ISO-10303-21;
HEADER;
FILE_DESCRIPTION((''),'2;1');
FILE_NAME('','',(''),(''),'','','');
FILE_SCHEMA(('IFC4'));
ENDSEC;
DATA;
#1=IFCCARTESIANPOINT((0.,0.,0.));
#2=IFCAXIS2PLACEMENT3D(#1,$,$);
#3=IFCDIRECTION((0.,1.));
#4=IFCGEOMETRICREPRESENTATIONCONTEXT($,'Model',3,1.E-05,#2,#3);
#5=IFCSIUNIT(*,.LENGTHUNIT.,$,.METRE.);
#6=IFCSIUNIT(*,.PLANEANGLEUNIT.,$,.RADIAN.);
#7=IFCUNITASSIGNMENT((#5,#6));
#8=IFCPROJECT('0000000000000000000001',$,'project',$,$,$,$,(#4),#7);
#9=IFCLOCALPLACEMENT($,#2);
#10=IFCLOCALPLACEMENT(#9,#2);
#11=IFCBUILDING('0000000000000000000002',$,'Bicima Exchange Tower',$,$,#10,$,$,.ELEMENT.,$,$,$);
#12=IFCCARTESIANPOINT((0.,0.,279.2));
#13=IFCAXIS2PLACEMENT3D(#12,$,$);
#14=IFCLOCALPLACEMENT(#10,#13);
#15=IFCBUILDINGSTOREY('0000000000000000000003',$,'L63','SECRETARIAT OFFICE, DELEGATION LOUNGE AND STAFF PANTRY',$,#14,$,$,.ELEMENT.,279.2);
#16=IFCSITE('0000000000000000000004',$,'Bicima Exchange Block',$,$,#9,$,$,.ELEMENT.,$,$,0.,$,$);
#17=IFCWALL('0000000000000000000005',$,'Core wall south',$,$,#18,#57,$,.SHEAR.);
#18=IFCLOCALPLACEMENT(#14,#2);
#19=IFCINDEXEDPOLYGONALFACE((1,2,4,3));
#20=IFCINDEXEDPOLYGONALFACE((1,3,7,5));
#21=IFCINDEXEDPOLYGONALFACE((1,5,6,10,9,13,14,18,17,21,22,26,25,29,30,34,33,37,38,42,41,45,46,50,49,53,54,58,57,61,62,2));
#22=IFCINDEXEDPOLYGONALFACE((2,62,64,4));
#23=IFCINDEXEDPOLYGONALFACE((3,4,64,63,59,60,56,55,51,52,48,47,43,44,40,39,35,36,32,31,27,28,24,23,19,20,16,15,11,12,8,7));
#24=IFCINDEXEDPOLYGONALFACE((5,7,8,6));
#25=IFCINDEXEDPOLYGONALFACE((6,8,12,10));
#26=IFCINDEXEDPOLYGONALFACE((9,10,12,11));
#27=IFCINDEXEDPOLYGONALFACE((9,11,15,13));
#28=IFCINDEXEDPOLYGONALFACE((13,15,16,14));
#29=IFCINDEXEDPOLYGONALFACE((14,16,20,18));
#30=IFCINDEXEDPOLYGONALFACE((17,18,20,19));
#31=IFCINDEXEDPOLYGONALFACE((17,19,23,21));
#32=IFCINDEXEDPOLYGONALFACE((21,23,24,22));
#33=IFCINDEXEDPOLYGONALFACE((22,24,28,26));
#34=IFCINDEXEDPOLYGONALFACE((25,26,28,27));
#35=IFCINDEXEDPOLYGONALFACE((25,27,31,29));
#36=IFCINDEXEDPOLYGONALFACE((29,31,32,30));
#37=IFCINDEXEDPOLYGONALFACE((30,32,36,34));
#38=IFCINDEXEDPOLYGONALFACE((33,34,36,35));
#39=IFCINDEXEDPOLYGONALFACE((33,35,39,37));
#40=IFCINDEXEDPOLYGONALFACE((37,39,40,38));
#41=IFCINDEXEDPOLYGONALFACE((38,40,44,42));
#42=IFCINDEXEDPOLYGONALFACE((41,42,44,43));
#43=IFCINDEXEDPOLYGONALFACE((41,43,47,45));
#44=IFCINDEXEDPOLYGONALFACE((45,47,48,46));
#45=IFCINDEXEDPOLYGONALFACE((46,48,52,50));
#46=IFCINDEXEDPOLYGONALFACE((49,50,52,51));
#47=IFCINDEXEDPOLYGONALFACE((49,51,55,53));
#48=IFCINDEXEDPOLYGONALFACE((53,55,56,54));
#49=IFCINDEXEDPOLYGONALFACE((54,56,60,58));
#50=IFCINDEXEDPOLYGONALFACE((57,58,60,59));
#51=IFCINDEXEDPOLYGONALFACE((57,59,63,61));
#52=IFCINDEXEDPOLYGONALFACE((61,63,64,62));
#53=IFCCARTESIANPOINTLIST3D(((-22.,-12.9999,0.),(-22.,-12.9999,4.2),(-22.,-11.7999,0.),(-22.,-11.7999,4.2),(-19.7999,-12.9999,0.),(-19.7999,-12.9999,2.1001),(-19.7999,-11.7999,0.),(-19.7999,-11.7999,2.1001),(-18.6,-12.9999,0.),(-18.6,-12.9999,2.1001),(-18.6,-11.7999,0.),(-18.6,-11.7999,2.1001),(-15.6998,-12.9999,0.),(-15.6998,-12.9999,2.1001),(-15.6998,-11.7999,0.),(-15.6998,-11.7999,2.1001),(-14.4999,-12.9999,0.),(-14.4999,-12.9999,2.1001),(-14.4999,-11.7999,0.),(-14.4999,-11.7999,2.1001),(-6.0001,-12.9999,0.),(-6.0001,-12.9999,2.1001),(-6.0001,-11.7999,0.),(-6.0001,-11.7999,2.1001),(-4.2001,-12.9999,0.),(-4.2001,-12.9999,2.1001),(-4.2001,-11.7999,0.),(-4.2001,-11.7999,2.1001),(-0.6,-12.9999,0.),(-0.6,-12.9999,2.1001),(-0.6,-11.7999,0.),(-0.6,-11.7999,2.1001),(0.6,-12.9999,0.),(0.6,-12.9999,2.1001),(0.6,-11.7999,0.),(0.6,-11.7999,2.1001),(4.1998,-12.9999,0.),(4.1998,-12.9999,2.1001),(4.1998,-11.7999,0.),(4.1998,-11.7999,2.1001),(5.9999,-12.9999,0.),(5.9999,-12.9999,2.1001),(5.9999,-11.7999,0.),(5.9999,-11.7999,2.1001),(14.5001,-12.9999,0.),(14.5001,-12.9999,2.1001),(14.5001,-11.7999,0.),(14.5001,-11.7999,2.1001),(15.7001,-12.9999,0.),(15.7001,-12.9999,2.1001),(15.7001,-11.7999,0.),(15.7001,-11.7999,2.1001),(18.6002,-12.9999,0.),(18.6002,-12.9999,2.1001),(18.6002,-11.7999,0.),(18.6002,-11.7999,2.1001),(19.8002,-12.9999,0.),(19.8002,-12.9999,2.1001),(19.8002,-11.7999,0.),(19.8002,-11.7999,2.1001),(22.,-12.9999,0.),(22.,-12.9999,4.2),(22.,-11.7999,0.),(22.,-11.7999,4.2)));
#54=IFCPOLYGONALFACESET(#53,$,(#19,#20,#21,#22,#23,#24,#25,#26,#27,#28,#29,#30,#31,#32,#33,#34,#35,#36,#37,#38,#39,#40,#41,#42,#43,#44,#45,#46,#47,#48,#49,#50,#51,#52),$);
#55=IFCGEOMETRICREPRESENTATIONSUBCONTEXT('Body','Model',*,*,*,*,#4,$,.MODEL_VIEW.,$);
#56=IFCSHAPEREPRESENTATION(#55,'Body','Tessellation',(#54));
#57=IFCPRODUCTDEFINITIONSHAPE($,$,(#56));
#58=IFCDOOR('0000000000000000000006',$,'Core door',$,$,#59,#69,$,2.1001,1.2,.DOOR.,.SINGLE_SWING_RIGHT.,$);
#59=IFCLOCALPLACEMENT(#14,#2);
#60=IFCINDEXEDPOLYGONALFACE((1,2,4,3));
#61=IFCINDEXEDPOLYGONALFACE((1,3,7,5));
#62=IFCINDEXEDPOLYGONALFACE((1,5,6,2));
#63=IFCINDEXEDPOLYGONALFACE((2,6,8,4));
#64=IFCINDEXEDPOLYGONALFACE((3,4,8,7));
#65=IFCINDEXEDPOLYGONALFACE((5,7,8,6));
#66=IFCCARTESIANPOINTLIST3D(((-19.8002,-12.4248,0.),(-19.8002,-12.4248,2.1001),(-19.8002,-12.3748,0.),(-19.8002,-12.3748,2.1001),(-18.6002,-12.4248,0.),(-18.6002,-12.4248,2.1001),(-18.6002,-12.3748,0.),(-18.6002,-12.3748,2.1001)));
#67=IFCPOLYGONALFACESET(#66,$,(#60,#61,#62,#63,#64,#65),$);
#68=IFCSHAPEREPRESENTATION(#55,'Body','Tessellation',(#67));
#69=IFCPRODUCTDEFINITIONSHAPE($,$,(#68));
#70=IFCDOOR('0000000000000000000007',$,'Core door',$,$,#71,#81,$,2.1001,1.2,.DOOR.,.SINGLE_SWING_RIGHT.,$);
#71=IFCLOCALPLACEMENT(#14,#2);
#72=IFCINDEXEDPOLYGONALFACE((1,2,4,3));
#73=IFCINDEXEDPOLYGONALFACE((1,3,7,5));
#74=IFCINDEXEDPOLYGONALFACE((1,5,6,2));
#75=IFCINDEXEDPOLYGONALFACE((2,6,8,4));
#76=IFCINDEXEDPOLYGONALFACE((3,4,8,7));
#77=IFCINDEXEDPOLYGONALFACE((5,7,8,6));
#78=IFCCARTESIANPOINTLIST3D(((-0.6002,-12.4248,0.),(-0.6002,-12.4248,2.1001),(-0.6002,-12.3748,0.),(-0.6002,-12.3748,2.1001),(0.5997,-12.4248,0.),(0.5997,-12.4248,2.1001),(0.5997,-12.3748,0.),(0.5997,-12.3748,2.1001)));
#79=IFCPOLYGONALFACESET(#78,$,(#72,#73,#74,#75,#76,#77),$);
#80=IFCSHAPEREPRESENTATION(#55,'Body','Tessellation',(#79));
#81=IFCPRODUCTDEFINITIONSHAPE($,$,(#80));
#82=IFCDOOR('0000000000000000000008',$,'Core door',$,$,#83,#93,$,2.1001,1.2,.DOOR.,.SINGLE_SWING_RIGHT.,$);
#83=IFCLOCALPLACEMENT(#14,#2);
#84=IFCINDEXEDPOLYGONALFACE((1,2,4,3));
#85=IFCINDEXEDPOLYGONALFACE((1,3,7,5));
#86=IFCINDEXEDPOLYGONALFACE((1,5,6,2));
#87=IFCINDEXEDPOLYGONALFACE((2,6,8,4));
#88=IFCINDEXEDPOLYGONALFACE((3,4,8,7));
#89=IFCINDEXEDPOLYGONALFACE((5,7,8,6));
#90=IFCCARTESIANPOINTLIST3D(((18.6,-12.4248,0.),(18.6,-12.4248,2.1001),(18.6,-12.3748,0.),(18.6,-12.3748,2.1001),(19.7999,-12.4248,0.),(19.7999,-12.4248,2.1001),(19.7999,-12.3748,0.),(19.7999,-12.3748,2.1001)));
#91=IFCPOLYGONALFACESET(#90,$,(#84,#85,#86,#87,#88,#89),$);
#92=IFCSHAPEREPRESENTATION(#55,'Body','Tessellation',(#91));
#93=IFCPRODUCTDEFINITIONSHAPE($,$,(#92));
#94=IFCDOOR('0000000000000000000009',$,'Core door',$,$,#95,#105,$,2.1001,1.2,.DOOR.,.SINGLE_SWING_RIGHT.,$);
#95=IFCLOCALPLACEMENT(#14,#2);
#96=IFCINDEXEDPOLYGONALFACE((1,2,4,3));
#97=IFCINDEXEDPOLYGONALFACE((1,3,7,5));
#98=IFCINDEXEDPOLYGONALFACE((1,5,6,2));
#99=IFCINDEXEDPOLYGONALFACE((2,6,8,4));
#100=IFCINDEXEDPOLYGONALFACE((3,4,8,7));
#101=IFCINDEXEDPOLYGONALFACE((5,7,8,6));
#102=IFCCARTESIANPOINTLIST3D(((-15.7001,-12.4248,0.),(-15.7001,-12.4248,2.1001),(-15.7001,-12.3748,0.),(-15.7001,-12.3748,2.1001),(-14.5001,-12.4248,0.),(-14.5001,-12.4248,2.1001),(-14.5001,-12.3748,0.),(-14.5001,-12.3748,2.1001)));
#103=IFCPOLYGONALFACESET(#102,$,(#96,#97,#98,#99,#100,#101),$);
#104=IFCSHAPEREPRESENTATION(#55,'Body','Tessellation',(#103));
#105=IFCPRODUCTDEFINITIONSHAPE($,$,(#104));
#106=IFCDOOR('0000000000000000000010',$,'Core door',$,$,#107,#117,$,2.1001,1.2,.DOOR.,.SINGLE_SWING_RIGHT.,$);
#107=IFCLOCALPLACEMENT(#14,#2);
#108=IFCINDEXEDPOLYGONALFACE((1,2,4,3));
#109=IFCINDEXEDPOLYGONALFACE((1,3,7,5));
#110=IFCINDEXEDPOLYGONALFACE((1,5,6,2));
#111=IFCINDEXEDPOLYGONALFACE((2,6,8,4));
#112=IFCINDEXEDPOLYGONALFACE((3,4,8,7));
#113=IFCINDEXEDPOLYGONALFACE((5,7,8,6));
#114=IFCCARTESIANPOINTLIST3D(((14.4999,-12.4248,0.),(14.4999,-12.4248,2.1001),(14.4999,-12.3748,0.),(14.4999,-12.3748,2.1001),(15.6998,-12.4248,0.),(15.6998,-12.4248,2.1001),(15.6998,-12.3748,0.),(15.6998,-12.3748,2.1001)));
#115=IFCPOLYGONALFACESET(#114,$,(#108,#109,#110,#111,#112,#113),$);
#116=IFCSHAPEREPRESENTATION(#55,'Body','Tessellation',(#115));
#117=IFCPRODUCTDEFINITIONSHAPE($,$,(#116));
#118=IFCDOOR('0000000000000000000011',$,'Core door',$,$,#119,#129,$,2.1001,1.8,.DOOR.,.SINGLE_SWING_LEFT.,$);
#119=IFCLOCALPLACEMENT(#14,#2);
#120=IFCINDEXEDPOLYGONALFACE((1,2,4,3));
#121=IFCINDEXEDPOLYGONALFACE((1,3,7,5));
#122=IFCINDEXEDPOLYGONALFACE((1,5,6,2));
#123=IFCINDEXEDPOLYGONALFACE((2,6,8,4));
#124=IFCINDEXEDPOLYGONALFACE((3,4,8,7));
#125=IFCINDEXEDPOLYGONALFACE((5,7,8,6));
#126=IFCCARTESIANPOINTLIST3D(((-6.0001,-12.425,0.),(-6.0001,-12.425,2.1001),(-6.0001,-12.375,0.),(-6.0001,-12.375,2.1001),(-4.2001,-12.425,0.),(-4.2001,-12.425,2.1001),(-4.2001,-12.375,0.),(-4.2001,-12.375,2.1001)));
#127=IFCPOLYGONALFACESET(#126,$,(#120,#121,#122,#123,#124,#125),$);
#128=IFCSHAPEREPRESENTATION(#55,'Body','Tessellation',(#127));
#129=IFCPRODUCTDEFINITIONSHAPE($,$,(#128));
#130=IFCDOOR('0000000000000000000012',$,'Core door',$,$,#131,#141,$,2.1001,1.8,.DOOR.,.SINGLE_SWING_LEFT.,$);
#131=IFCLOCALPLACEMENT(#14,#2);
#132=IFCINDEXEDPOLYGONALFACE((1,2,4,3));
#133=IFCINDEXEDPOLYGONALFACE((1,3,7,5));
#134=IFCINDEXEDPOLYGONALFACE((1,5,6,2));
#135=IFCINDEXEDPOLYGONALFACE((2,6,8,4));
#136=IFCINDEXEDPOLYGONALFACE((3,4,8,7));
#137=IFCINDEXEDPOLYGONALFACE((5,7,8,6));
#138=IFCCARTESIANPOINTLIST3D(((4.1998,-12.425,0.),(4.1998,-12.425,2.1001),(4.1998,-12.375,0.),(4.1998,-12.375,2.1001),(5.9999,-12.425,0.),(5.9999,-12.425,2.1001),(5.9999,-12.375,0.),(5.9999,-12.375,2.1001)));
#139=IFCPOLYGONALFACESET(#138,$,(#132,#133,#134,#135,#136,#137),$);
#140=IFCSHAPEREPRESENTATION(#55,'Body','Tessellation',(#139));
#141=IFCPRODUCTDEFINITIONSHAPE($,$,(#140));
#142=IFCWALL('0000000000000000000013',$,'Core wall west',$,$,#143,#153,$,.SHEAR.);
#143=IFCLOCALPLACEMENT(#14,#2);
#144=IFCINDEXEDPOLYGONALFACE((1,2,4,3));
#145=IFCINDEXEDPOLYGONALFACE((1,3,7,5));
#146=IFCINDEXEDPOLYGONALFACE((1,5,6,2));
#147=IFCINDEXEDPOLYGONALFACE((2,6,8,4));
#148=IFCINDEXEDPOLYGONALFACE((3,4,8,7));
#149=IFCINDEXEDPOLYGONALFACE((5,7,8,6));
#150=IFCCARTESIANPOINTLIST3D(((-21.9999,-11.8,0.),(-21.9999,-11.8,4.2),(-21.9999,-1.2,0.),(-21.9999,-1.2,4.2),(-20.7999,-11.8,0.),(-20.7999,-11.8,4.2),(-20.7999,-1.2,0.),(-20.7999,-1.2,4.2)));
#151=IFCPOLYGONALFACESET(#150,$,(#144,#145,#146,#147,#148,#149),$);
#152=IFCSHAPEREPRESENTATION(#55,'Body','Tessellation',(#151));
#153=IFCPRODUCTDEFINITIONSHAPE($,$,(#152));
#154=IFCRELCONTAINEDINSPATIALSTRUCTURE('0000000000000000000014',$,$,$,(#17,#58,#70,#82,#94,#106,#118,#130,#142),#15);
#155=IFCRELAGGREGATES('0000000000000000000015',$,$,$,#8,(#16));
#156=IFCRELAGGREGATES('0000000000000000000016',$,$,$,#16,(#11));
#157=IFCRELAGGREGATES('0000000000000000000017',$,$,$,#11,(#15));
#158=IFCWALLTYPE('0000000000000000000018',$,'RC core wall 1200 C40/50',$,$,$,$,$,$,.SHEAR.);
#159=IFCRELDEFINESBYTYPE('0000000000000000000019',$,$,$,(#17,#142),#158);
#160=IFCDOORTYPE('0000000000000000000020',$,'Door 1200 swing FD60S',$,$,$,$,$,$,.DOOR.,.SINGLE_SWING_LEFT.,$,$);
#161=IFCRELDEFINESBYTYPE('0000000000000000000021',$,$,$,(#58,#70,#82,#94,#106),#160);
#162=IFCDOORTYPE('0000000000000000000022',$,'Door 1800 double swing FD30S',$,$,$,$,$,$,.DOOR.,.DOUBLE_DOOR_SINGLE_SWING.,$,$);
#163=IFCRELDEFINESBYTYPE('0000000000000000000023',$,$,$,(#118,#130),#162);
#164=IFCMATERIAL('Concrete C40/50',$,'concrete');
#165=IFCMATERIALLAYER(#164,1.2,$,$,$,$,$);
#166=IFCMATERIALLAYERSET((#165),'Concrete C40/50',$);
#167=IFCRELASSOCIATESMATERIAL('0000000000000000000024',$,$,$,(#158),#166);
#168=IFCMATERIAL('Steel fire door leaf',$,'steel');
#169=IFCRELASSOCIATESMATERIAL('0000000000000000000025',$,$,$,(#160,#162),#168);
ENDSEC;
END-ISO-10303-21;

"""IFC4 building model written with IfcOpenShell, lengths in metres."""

from ifc_helpers import new_model, si_unit, direction, frame, frame_2d, origin, place, context, subcontext, project, spatial, rectangle, extrude, material, layer, layer_set, type_object, element, fill, save


model = new_model("IFC4")

# Units and contexts
model_context = context("Model", 3, precision=1e-05, world=origin(), true_north=direction((0.0, 1.0)))
body_context = subcontext(model_context, "Body", "Model", "MODEL_VIEW")
ifc_project = project(units=[si_unit("LENGTHUNIT", "METRE"), si_unit("PLANEANGLEUNIT", "RADIAN")], contexts=[model_context])

# Site, building, storey
site_placement = place(None, origin())
site = spatial("IfcSite", under=ifc_project, at=site_placement, Name="Bicima Exchange Block", CompositionType="ELEMENT", RefElevation=0.0)
building_placement = place(site_placement, origin())
building = spatial("IfcBuilding", under=site, at=building_placement, Name="Bicima Exchange Tower", CompositionType="ELEMENT")
storey_placement = place(building_placement, frame((0.0, 0.0, 279.2)))
storey = spatial("IfcBuildingStorey", under=building, at=storey_placement, Name="L63", Description="SECRETARIAT OFFICE, DELEGATION LOUNGE AND STAFF PANTRY", CompositionType="ELEMENT", Elevation=279.2)

# Wall, openings, doors
ifc_material_1 = material(Name="Concrete C40/50", Category="concrete")
ifc_layer_1 = layer(ifc_material_1, 1.2)
ifc_layer_set_1 = layer_set([ifc_layer_1], Name="Concrete C40/50")
wall_type_1 = type_object("IfcWallType", Name="RC core wall 1200 C40/50", PredefinedType="SHEAR", material=ifc_layer_set_1)
wall_1_placement = place(storey_placement, frame((-22.0, -12.3999, 0.0), z_axis=(0.0, 0.0, 1.0), x_axis=(1.0, 0.0, 0.0)))
wall_1 = element("IfcWall", 1, at=wall_1_placement, inside=storey, type_object=wall_type_1, Name="Core wall south", PredefinedType="SHEAR", context=body_context, shape_type="SweptSolid", body=[
    extrude(rectangle(XDim=44.0, YDim=1.2, at=frame_2d((22.0, 0.0))), origin(), (0.0, 0.0, 1.0), 4.2),
])
opening_1_placement = place(wall_1_placement, frame((2.2, 0.0, 0.0)))
opening_1 = element("IfcOpeningElement", 2, at=opening_1_placement, cuts=wall_1, PredefinedType="OPENING", context=body_context, shape_type="SweptSolid", body=[
    extrude(rectangle(XDim=1.2, YDim=2.1001, at=frame_2d((0.6001, 1.05))), frame((0.0, 0.6118, 0.0), z_axis=(0.0, -1.0, 0.0), x_axis=(1.0, 0.0, 0.0)), (0.0, 0.0, 1.0), 1.2239),
])
opening_2_placement = place(wall_1_placement, frame((21.3999, 0.0, 0.0)))
opening_2 = element("IfcOpeningElement", 3, at=opening_2_placement, cuts=wall_1, PredefinedType="OPENING", context=body_context, shape_type="SweptSolid", body=[
    extrude(rectangle(XDim=1.2, YDim=2.1001, at=frame_2d((0.6001, 1.05))), frame((0.0, 0.6118, 0.0), z_axis=(0.0, -1.0, 0.0), x_axis=(1.0, 0.0, 0.0)), (0.0, 0.0, 1.0), 1.2239),
])
opening_3_placement = place(wall_1_placement, frame((40.6001, 0.0, 0.0)))
opening_3 = element("IfcOpeningElement", 4, at=opening_3_placement, cuts=wall_1, PredefinedType="OPENING", context=body_context, shape_type="SweptSolid", body=[
    extrude(rectangle(XDim=1.2, YDim=2.1001, at=frame_2d((0.6001, 1.05))), frame((0.0, 0.6118, 0.0), z_axis=(0.0, -1.0, 0.0), x_axis=(1.0, 0.0, 0.0)), (0.0, 0.0, 1.0), 1.2239),
])
opening_4_placement = place(wall_1_placement, frame((16.0, 0.0, 0.0)))
opening_4 = element("IfcOpeningElement", 5, at=opening_4_placement, cuts=wall_1, PredefinedType="OPENING", context=body_context, shape_type="SweptSolid", body=[
    extrude(rectangle(XDim=1.8, YDim=2.1001, at=frame_2d((0.8999, 1.05))), frame((0.0, 0.6118, 0.0), z_axis=(0.0, -1.0, 0.0), x_axis=(1.0, 0.0, 0.0)), (0.0, 0.0, 1.0), 1.2239),
])
opening_5_placement = place(wall_1_placement, frame((6.3, 0.0, 0.0)))
opening_5 = element("IfcOpeningElement", 6, at=opening_5_placement, cuts=wall_1, PredefinedType="OPENING", context=body_context, shape_type="SweptSolid", body=[
    extrude(rectangle(XDim=1.2, YDim=2.1001, at=frame_2d((0.6001, 1.05))), frame((0.0, 0.6118, 0.0), z_axis=(0.0, -1.0, 0.0), x_axis=(1.0, 0.0, 0.0)), (0.0, 0.0, 1.0), 1.2239),
])
opening_6_placement = place(wall_1_placement, frame((26.2, 0.0, 0.0)))
opening_6 = element("IfcOpeningElement", 7, at=opening_6_placement, cuts=wall_1, PredefinedType="OPENING", context=body_context, shape_type="SweptSolid", body=[
    extrude(rectangle(XDim=1.8, YDim=2.1001, at=frame_2d((0.8999, 1.05))), frame((0.0, 0.6118, 0.0), z_axis=(0.0, -1.0, 0.0), x_axis=(1.0, 0.0, 0.0)), (0.0, 0.0, 1.0), 1.2239),
])
opening_7_placement = place(wall_1_placement, frame((36.5, 0.0, 0.0)))
opening_7 = element("IfcOpeningElement", 8, at=opening_7_placement, cuts=wall_1, PredefinedType="OPENING", context=body_context, shape_type="SweptSolid", body=[
    extrude(rectangle(XDim=1.2, YDim=2.1001, at=frame_2d((0.6001, 1.05))), frame((0.0, 0.6118, 0.0), z_axis=(0.0, -1.0, 0.0), x_axis=(1.0, 0.0, 0.0)), (0.0, 0.0, 1.0), 1.2239),
])
ifc_material_2 = material(Name="Steel fire door leaf", Category="steel")
door_type_1 = type_object("IfcDoorType", Name="Door 1200 swing FD60S", OperationType="SINGLE_SWING_LEFT", PredefinedType="DOOR", material=ifc_material_2)
door_1_placement = place(opening_1_placement, frame((1.2, 0.0, 0.0), z_axis=(0.0, 0.0, 1.0), x_axis=(-1.0, 0.0, 0.0)))
door_1 = element("IfcDoor", 9, at=door_1_placement, inside=storey, type_object=door_type_1, Name="Core door", OperationType="SINGLE_SWING_RIGHT", OverallHeight=2.1001, OverallWidth=1.2, PredefinedType="DOOR", context=body_context, shape_type="SweptSolid", body=[
    extrude(rectangle(XDim=1.2, YDim=2.1001, at=frame_2d((0.6001, 1.05))), frame((0.0, 0.0249, 0.0), z_axis=(0.0, -1.0, 0.0), x_axis=(1.0, 0.0, 0.0)), (0.0, 0.0, 1.0), 0.05),
])
fill(opening_1, door_1)
door_2_placement = place(opening_2_placement, frame((1.2, 0.0, 0.0), z_axis=(0.0, 0.0, 1.0), x_axis=(-1.0, 0.0, 0.0)))
door_2 = element("IfcDoor", 10, at=door_2_placement, inside=storey, type_object=door_type_1, Name="Core door", OperationType="SINGLE_SWING_RIGHT", OverallHeight=2.1001, OverallWidth=1.2, PredefinedType="DOOR", context=body_context, shape_type="SweptSolid", body=[
    extrude(rectangle(XDim=1.2, YDim=2.1001, at=frame_2d((0.6001, 1.05))), frame((0.0, 0.0249, 0.0), z_axis=(0.0, -1.0, 0.0), x_axis=(1.0, 0.0, 0.0)), (0.0, 0.0, 1.0), 0.05),
])
fill(opening_2, door_2)
door_3_placement = place(opening_3_placement, frame((1.2, 0.0, 0.0), z_axis=(0.0, 0.0, 1.0), x_axis=(-1.0, 0.0, 0.0)))
door_3 = element("IfcDoor", 11, at=door_3_placement, inside=storey, type_object=door_type_1, Name="Core door", OperationType="SINGLE_SWING_RIGHT", OverallHeight=2.1001, OverallWidth=1.2, PredefinedType="DOOR", context=body_context, shape_type="SweptSolid", body=[
    extrude(rectangle(XDim=1.2, YDim=2.1001, at=frame_2d((0.6001, 1.05))), frame((0.0, 0.0249, 0.0), z_axis=(0.0, -1.0, 0.0), x_axis=(1.0, 0.0, 0.0)), (0.0, 0.0, 1.0), 0.05),
])
fill(opening_3, door_3)
door_4_placement = place(opening_5_placement, frame((1.2, 0.0, 0.0), z_axis=(0.0, 0.0, 1.0), x_axis=(-1.0, 0.0, 0.0)))
door_4 = element("IfcDoor", 12, at=door_4_placement, inside=storey, type_object=door_type_1, Name="Core door", OperationType="SINGLE_SWING_RIGHT", OverallHeight=2.1001, OverallWidth=1.2, PredefinedType="DOOR", context=body_context, shape_type="SweptSolid", body=[
    extrude(rectangle(XDim=1.2, YDim=2.1001, at=frame_2d((0.6001, 1.05))), frame((0.0, 0.0249, 0.0), z_axis=(0.0, -1.0, 0.0), x_axis=(1.0, 0.0, 0.0)), (0.0, 0.0, 1.0), 0.05),
])
fill(opening_5, door_4)
door_5_placement = place(opening_7_placement, frame((1.2, 0.0, 0.0), z_axis=(0.0, 0.0, 1.0), x_axis=(-1.0, 0.0, 0.0)))
door_5 = element("IfcDoor", 13, at=door_5_placement, inside=storey, type_object=door_type_1, Name="Core door", OperationType="SINGLE_SWING_RIGHT", OverallHeight=2.1001, OverallWidth=1.2, PredefinedType="DOOR", context=body_context, shape_type="SweptSolid", body=[
    extrude(rectangle(XDim=1.2, YDim=2.1001, at=frame_2d((0.6001, 1.05))), frame((0.0, 0.0249, 0.0), z_axis=(0.0, -1.0, 0.0), x_axis=(1.0, 0.0, 0.0)), (0.0, 0.0, 1.0), 0.05),
])
fill(opening_7, door_5)
door_type_2 = type_object("IfcDoorType", Name="Door 1800 double swing FD30S", OperationType="DOUBLE_DOOR_SINGLE_SWING", PredefinedType="DOOR", material=ifc_material_2)
door_6_placement = place(opening_4_placement, origin())
door_6 = element("IfcDoor", 14, at=door_6_placement, inside=storey, type_object=door_type_2, Name="Core door", OperationType="SINGLE_SWING_LEFT", OverallHeight=2.1001, OverallWidth=1.8, PredefinedType="DOOR", context=body_context, shape_type="SweptSolid", body=[
    extrude(rectangle(XDim=1.8, YDim=2.1001, at=frame_2d((0.8999, 1.05))), frame((0.0, 0.0249, 0.0), z_axis=(0.0, -1.0, 0.0), x_axis=(1.0, 0.0, 0.0)), (0.0, 0.0, 1.0), 0.05),
])
fill(opening_4, door_6)
door_7_placement = place(opening_6_placement, origin())
door_7 = element("IfcDoor", 15, at=door_7_placement, inside=storey, type_object=door_type_2, Name="Core door", OperationType="SINGLE_SWING_LEFT", OverallHeight=2.1001, OverallWidth=1.8, PredefinedType="DOOR", context=body_context, shape_type="SweptSolid", body=[
    extrude(rectangle(XDim=1.8, YDim=2.1001, at=frame_2d((0.8999, 1.05))), frame((0.0, 0.0249, 0.0), z_axis=(0.0, -1.0, 0.0), x_axis=(1.0, 0.0, 0.0)), (0.0, 0.0, 1.0), 0.05),
])
fill(opening_6, door_7)

# Wall
wall_2_placement = place(storey_placement, frame((-21.3999, -11.8, 0.0), z_axis=(0.0, 0.0, 1.0), x_axis=(0.0, 1.0, 0.0)))
element("IfcWall", 16, at=wall_2_placement, inside=storey, type_object=wall_type_1, Name="Core wall west", PredefinedType="SHEAR", context=body_context, shape_type="SweptSolid", body=[
    extrude(rectangle(XDim=10.6001, YDim=1.2, at=frame_2d((5.3, 0.0))), origin(), (0.0, 0.0, 1.0), 4.2),
])

save(model, "model.ifc")
